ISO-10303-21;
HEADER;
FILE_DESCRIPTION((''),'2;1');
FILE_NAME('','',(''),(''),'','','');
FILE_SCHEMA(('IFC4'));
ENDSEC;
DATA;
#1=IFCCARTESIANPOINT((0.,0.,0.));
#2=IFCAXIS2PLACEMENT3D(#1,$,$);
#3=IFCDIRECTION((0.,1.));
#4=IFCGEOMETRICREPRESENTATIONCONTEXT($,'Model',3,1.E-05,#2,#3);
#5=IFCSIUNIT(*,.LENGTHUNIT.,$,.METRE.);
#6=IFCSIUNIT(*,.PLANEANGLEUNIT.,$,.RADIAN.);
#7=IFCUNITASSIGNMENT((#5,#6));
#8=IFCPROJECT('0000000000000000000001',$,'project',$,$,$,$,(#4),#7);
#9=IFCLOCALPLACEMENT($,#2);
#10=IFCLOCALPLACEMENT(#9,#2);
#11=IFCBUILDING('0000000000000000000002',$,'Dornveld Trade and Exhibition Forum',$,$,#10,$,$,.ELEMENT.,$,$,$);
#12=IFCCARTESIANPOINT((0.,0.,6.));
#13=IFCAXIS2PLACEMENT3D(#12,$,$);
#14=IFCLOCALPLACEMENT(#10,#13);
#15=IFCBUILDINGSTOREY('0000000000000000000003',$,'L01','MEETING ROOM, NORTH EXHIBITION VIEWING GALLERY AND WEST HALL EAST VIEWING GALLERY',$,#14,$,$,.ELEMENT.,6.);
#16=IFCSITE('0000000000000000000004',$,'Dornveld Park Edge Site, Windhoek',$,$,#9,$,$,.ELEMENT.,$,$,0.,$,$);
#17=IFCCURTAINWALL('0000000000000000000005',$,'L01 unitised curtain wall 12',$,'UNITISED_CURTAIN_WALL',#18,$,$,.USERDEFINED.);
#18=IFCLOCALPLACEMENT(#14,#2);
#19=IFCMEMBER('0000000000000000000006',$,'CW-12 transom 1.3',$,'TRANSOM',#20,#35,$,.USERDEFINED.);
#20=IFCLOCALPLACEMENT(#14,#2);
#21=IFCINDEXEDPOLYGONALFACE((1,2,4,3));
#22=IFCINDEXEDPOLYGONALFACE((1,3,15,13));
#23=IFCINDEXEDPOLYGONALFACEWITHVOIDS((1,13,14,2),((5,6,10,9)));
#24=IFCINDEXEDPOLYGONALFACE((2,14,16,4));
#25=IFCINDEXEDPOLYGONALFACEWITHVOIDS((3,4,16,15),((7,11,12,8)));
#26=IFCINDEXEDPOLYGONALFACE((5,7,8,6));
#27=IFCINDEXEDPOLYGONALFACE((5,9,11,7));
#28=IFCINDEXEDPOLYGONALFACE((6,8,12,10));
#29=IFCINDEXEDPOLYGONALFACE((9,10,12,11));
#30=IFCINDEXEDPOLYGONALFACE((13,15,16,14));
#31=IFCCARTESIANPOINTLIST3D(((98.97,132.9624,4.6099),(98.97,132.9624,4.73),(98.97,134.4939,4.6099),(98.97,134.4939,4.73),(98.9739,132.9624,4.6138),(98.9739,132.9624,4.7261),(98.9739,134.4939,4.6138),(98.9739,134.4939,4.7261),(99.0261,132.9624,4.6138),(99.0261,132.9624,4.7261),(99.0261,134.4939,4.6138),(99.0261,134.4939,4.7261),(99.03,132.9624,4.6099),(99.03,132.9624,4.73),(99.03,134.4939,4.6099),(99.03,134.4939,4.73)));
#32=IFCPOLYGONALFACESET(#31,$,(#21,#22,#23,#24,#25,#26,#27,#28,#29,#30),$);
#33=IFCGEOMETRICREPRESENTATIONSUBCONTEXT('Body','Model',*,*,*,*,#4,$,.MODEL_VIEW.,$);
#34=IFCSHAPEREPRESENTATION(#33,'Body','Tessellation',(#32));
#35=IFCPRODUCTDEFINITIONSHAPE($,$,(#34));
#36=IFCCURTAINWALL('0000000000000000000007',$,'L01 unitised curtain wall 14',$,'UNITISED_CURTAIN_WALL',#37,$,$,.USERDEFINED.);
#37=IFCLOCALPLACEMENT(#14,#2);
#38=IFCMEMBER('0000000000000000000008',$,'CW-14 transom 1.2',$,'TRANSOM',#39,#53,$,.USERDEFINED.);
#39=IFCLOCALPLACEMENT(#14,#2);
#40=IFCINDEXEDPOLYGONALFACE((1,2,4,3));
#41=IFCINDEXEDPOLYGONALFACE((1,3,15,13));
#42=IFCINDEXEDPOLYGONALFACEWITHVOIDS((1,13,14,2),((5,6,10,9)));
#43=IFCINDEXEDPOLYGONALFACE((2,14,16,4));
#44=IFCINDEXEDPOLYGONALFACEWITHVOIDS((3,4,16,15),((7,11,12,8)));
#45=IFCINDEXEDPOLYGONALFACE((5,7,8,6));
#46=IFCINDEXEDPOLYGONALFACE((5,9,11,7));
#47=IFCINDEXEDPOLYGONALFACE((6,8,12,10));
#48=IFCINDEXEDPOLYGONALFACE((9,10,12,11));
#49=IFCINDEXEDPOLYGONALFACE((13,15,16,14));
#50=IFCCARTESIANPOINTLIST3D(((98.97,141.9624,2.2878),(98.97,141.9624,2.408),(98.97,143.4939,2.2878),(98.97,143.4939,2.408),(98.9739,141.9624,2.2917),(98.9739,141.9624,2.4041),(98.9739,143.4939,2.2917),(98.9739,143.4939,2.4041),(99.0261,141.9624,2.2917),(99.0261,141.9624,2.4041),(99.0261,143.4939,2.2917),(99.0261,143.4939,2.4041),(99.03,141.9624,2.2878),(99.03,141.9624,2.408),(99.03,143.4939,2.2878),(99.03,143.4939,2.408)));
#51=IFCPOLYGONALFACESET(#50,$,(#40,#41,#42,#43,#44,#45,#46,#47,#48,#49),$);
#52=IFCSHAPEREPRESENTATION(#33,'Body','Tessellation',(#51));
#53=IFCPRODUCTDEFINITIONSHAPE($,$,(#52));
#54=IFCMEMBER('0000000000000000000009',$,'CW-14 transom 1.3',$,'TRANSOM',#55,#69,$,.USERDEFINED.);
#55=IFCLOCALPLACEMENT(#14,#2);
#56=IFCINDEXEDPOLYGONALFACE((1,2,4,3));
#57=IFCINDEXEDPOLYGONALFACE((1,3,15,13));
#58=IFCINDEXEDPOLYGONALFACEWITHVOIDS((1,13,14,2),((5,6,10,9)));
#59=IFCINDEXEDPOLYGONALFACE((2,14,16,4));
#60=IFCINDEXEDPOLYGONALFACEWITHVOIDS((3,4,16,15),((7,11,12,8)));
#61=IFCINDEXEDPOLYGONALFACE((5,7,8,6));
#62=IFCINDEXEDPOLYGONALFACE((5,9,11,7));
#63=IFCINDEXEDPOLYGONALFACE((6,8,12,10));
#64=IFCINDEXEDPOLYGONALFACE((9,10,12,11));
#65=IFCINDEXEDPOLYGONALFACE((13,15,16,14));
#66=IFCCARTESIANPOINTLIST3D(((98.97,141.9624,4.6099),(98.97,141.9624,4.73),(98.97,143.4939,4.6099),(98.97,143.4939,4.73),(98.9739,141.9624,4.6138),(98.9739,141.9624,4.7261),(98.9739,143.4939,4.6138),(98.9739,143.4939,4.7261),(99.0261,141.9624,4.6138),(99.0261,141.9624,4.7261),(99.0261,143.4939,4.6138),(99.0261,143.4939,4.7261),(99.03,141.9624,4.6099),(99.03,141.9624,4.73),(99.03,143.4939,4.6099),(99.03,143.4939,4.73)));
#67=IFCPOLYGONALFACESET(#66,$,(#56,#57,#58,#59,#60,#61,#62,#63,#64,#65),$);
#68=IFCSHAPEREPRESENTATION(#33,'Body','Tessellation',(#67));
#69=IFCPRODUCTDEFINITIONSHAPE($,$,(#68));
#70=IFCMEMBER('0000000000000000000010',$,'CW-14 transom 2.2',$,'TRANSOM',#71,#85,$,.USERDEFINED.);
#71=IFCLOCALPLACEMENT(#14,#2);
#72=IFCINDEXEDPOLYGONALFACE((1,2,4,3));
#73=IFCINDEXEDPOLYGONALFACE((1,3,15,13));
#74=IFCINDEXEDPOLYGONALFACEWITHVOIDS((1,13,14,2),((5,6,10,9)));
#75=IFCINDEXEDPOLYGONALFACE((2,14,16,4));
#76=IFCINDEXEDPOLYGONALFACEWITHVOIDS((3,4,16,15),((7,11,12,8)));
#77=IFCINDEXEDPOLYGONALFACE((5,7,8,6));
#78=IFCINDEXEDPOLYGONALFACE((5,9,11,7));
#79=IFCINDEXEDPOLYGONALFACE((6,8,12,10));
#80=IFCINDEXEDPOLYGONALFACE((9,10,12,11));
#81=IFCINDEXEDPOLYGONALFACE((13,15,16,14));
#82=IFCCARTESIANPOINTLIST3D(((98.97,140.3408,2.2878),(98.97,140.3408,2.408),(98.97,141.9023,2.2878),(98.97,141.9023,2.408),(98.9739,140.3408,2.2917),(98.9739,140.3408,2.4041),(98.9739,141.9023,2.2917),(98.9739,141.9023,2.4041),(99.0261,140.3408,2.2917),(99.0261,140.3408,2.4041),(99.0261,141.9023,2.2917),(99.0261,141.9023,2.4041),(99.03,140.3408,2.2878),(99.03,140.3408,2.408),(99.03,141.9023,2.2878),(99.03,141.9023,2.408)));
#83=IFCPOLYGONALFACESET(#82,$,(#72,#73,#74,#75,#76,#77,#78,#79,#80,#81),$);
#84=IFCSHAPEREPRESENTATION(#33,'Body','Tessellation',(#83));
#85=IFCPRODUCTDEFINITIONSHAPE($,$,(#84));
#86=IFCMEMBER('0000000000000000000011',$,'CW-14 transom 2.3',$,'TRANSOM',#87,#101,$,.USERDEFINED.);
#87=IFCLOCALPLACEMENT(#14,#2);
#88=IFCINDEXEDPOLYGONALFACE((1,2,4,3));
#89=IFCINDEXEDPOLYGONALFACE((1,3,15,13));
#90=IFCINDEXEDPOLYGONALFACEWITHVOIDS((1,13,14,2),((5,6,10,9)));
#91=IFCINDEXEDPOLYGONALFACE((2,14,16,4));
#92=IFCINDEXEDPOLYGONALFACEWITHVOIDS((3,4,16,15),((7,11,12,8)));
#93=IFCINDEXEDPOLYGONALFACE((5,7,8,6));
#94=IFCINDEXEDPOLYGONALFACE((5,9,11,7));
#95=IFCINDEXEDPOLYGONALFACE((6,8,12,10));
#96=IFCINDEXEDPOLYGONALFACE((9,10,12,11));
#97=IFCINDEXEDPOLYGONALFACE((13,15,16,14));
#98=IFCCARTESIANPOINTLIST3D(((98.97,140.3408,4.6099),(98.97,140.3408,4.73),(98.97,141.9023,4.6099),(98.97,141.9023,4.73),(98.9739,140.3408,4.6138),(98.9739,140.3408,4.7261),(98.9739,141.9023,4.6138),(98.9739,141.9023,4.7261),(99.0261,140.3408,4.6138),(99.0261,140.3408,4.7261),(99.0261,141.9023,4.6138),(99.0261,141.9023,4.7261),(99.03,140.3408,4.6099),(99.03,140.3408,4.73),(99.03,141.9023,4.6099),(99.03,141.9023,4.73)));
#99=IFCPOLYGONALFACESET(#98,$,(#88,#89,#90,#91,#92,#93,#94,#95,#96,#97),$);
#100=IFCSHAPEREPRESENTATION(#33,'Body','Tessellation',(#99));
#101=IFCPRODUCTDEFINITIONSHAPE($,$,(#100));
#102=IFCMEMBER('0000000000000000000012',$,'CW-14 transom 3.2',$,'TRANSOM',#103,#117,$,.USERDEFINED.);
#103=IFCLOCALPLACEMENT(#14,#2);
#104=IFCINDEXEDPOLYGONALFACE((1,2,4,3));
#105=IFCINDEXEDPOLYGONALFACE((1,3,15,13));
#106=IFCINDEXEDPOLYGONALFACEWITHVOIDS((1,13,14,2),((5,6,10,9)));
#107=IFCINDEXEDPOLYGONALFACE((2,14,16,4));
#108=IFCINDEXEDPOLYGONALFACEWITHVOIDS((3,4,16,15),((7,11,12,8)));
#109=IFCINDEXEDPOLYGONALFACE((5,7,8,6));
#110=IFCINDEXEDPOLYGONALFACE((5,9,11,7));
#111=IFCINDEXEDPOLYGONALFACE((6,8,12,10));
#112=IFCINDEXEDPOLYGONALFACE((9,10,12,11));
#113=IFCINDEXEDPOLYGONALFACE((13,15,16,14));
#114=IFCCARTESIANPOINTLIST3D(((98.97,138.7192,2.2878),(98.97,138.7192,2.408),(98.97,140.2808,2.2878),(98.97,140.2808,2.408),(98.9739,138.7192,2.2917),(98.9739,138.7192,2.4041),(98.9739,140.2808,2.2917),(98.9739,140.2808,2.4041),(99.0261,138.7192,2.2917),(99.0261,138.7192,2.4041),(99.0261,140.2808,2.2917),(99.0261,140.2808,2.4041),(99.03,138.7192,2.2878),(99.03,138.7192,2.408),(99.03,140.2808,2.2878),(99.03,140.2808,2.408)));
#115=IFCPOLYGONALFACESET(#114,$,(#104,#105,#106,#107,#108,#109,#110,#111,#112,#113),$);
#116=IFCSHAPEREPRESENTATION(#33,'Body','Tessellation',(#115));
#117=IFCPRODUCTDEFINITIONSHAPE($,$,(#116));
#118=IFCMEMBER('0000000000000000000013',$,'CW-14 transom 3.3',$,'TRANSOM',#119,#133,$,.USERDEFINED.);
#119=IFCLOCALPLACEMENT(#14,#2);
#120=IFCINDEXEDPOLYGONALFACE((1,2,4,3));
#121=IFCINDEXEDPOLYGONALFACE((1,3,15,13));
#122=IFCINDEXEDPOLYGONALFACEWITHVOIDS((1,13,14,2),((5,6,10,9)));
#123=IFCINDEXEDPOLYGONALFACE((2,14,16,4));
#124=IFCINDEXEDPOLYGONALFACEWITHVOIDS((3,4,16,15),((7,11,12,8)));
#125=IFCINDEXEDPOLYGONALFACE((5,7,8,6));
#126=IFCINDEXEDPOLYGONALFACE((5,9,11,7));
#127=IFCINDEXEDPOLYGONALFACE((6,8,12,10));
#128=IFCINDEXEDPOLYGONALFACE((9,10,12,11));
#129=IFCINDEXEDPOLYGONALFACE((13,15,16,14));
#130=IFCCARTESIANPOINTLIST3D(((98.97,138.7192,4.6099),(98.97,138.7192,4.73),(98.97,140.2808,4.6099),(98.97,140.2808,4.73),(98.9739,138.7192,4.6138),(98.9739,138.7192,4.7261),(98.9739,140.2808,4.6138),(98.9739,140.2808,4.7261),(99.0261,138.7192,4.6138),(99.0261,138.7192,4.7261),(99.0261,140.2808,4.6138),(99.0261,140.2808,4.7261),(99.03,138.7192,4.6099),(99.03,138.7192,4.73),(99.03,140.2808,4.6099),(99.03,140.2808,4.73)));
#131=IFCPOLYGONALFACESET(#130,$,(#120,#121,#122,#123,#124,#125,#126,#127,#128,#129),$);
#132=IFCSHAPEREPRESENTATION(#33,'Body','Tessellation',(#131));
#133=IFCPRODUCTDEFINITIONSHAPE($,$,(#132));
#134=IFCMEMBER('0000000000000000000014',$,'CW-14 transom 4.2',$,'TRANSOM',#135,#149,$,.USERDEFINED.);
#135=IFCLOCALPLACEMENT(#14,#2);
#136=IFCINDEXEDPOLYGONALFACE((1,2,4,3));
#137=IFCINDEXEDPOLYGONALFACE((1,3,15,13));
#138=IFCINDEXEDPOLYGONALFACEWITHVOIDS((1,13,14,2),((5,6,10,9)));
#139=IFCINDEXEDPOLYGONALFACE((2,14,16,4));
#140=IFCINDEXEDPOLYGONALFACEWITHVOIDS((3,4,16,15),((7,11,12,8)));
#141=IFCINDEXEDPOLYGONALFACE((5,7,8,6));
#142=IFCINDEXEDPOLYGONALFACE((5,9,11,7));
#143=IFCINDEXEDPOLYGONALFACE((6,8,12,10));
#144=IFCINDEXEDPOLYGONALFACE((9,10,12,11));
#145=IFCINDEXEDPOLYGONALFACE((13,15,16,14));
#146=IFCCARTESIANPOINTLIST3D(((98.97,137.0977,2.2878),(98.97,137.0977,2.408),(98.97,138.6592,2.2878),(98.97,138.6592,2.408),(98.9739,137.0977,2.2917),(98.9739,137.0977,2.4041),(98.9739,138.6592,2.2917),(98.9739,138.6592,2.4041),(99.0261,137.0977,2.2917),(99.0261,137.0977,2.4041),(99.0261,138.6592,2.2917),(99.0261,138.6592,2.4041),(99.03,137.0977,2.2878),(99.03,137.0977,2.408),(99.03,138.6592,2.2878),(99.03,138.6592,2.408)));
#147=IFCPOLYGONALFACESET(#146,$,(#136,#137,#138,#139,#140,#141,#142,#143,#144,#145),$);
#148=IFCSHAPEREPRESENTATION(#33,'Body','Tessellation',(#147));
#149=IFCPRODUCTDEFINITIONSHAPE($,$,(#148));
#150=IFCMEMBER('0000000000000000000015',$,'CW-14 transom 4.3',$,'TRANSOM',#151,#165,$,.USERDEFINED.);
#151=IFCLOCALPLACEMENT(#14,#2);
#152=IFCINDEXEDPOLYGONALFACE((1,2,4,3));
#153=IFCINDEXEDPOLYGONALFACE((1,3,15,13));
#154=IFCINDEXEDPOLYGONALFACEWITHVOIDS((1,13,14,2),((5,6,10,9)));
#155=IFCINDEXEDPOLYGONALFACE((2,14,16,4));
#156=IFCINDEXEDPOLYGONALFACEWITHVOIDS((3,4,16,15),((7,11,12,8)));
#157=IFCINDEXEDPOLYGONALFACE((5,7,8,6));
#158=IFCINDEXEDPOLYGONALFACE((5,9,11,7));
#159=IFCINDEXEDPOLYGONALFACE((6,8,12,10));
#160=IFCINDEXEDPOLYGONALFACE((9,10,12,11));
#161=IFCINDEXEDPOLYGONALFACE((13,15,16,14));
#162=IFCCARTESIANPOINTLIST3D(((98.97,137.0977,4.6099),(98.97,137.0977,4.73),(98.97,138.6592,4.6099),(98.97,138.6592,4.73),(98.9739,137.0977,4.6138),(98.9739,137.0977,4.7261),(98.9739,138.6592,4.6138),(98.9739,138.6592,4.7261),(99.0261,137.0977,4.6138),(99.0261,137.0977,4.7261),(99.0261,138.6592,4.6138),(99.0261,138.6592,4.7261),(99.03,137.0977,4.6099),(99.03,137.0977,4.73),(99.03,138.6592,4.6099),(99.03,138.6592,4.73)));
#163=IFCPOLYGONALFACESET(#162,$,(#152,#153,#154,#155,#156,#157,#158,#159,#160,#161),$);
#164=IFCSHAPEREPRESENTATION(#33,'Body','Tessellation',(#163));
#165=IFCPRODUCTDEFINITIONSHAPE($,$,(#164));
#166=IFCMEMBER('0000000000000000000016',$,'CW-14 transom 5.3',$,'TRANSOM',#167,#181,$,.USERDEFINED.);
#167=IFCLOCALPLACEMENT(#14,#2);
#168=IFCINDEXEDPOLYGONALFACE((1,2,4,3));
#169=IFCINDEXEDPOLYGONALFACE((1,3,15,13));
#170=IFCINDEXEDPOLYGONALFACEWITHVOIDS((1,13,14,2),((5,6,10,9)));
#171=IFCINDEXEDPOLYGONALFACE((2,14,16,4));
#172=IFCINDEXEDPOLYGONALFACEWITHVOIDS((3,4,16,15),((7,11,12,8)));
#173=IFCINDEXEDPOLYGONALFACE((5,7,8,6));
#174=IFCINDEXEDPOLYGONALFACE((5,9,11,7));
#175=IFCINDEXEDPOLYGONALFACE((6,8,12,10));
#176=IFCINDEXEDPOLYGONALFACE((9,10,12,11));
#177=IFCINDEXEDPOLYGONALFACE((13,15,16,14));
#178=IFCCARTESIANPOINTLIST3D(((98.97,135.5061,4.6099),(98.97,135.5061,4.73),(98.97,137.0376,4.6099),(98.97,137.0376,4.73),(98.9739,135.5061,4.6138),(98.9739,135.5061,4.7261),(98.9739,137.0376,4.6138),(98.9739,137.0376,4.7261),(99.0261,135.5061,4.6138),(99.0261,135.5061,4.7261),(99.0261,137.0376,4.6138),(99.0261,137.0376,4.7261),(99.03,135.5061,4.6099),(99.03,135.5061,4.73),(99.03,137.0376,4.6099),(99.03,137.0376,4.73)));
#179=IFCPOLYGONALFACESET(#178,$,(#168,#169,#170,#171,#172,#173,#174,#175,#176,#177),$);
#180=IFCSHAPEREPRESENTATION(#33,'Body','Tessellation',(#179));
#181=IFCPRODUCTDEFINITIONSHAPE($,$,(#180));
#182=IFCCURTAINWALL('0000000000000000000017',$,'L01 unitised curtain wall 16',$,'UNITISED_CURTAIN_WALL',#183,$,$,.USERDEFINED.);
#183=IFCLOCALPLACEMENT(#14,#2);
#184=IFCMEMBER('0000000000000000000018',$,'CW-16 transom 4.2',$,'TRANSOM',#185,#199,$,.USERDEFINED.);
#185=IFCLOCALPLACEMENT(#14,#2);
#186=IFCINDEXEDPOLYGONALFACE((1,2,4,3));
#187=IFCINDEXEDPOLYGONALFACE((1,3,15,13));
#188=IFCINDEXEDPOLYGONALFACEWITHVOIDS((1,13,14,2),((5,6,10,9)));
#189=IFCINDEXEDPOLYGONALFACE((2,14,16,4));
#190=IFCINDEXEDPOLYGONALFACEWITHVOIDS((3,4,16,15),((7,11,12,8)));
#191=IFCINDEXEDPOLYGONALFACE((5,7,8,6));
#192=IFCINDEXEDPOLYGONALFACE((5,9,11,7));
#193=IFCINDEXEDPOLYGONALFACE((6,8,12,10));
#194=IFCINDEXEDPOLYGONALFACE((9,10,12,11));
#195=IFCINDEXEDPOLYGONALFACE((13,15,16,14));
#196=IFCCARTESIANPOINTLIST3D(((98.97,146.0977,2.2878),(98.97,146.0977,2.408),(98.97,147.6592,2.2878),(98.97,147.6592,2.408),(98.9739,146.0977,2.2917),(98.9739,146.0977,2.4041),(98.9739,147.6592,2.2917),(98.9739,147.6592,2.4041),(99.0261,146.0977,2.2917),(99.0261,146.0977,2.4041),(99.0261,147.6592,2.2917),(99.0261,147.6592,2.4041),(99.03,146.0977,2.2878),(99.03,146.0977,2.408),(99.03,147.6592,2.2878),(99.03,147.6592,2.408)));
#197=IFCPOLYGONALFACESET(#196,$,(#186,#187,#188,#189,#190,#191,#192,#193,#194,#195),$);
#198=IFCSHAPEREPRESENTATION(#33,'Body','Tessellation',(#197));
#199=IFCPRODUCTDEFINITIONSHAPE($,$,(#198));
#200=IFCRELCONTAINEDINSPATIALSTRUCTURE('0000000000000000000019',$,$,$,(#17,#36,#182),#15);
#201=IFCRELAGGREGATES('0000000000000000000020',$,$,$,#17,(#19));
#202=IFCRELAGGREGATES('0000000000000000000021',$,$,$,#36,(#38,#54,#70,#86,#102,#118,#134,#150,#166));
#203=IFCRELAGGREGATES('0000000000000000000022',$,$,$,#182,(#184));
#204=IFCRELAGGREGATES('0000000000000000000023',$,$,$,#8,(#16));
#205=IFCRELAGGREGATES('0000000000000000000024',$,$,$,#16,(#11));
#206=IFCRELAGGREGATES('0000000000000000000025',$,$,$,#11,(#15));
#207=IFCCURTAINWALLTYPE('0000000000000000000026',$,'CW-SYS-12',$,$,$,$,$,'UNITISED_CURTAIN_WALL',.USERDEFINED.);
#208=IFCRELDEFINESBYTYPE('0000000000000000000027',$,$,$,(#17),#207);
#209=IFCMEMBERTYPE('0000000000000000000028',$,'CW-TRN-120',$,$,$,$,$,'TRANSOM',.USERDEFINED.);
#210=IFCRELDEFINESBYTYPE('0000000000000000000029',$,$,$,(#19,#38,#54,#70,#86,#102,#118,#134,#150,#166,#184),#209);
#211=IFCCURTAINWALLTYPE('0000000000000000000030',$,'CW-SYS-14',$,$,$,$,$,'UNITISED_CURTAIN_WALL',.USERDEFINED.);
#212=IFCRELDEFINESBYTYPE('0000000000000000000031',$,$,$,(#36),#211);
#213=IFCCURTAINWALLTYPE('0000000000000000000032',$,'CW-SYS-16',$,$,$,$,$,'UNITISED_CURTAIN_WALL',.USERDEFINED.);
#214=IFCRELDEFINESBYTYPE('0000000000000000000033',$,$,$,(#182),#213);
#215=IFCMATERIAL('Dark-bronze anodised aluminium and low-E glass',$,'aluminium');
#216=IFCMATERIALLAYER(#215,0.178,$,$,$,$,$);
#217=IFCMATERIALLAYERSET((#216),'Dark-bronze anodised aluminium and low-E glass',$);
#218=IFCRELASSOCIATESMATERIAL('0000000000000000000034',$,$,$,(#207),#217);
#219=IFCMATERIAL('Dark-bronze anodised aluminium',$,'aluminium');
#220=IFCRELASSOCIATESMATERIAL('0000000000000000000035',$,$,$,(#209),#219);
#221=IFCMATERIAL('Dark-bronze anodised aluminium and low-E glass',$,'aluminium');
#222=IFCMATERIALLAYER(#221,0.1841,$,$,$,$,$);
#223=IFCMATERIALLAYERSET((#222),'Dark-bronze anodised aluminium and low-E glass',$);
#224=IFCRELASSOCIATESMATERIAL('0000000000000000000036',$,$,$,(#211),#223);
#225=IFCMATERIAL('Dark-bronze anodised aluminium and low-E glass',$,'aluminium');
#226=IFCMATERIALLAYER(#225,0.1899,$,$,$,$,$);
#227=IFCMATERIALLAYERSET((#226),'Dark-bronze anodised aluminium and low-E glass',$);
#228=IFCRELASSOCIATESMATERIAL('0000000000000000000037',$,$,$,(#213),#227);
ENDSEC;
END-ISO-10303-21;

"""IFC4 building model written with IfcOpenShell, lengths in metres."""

from ifc_helpers import new_model, si_unit, direction, frame, origin, origin_2d, place, context, subcontext, project, spatial, hollow_rectangle, extrude, material, layer, layer_set, material_profile, profile_set, type_object, element, aggregate, save


model = new_model("IFC4")

# Units and contexts
model_context = context("Model", 3, precision=1e-05, world=origin(), true_north=direction((0.0, 1.0)))
body_context = subcontext(model_context, "Body", "Model", "MODEL_VIEW")
ifc_project = project(units=[si_unit("LENGTHUNIT", "METRE"), si_unit("PLANEANGLEUNIT", "RADIAN")], contexts=[model_context])

# Site, building, storey
site_placement = place(None, origin())
site = spatial("IfcSite", under=ifc_project, at=site_placement, Name="Dornveld Park Edge Site, Windhoek", CompositionType="ELEMENT", RefElevation=0.0)
building_placement = place(site_placement, origin())
building = spatial("IfcBuilding", under=site, at=building_placement, Name="Dornveld Trade and Exhibition Forum", CompositionType="ELEMENT")
storey_placement = place(building_placement, frame((0.0, 0.0, 6.0)))
storey = spatial("IfcBuildingStorey", under=building, at=storey_placement, Name="L01", Description="MEETING ROOM, NORTH EXHIBITION VIEWING GALLERY AND WEST HALL EAST VIEWING GALLERY", CompositionType="ELEMENT", Elevation=6.0)

# Curtain wall, member
ifc_material_1 = material(Name="Dark-bronze anodised aluminium and low-E glass", Category="aluminium")
ifc_layer_1 = layer(ifc_material_1, 0.178)
ifc_layer_set_1 = layer_set([ifc_layer_1], Name="Dark-bronze anodised aluminium and low-E glass")
curtain_wall_type_1 = type_object("IfcCurtainWallType", Name="CW-SYS-12", ElementType="UNITISED_CURTAIN_WALL", PredefinedType="USERDEFINED", material=ifc_layer_set_1)
curtain_wall_1_placement = place(storey_placement, origin())
curtain_wall_1 = element("IfcCurtainWall", 1, at=curtain_wall_1_placement, inside=storey, type_object=curtain_wall_type_1, Name="L01 unitised curtain wall 12", ObjectType="UNITISED_CURTAIN_WALL", PredefinedType="USERDEFINED")
ifc_material_2 = material(Name="Dark-bronze anodised aluminium", Category="aluminium")
ifc_material_profile_1 = material_profile(ifc_material_2, hollow_rectangle(XDim=0.0601, YDim=0.1201, WallThickness=0.0039, at=origin_2d()), Name="RHS 120x60x4")
ifc_profile_set_1 = profile_set([ifc_material_profile_1], Name="Dark-bronze anodised aluminium")
member_type_1 = type_object("IfcMemberType", Name="CW-TRN-120", ElementType="TRANSOM", PredefinedType="USERDEFINED", material=ifc_profile_set_1)
member_1_placement = place(storey_placement, frame((99.0, 134.4939, 4.6699), z_axis=(0.0, -1.0, 0.0), x_axis=(1.0, 0.0, 0.0)))
member_1 = element("IfcMember", 2, at=member_1_placement, type_object=member_type_1, Name="CW-12 transom 1.3", ObjectType="TRANSOM", PredefinedType="USERDEFINED", context=body_context, shape_type="SweptSolid", body=[
    extrude(hollow_rectangle(XDim=0.0601, YDim=0.1201, WallThickness=0.0039, at=origin_2d()), origin(), (0.0, 0.0, 1.0), 1.5315),
])
aggregate(curtain_wall_1, [member_1])

# Curtain walls, members
ifc_material_3 = material(Name="Dark-bronze anodised aluminium and low-E glass", Category="aluminium")
ifc_layer_2 = layer(ifc_material_3, 0.1841)
ifc_layer_set_2 = layer_set([ifc_layer_2], Name="Dark-bronze anodised aluminium and low-E glass")
curtain_wall_type_2 = type_object("IfcCurtainWallType", Name="CW-SYS-14", ElementType="UNITISED_CURTAIN_WALL", PredefinedType="USERDEFINED", material=ifc_layer_set_2)
curtain_wall_2_placement = place(storey_placement, origin())
curtain_wall_2 = element("IfcCurtainWall", 3, at=curtain_wall_2_placement, inside=storey, type_object=curtain_wall_type_2, Name="L01 unitised curtain wall 14", ObjectType="UNITISED_CURTAIN_WALL", PredefinedType="USERDEFINED")
member_2_placement = place(storey_placement, frame((99.0, 143.4939, 2.3479), z_axis=(0.0, -1.0, 0.0), x_axis=(1.0, 0.0, 0.0)))
member_2 = element("IfcMember", 4, at=member_2_placement, type_object=member_type_1, Name="CW-14 transom 1.2", ObjectType="TRANSOM", PredefinedType="USERDEFINED", context=body_context, shape_type="SweptSolid", body=[
    extrude(hollow_rectangle(XDim=0.0601, YDim=0.1201, WallThickness=0.0039, at=origin_2d()), origin(), (0.0, 0.0, 1.0), 1.5315),
])
member_3_placement = place(storey_placement, frame((99.0, 143.4939, 4.6699), z_axis=(0.0, -1.0, 0.0), x_axis=(1.0, 0.0, 0.0)))
member_3 = element("IfcMember", 5, at=member_3_placement, type_object=member_type_1, Name="CW-14 transom 1.3", ObjectType="TRANSOM", PredefinedType="USERDEFINED", context=body_context, shape_type="SweptSolid", body=[
    extrude(hollow_rectangle(XDim=0.0601, YDim=0.1201, WallThickness=0.0039, at=origin_2d()), origin(), (0.0, 0.0, 1.0), 1.5315),
])
member_4_placement = place(storey_placement, frame((99.0, 141.9023, 2.3479), z_axis=(0.0, -1.0, 0.0), x_axis=(1.0, 0.0, 0.0)))
member_4 = element("IfcMember", 6, at=member_4_placement, type_object=member_type_1, Name="CW-14 transom 2.2", ObjectType="TRANSOM", PredefinedType="USERDEFINED", context=body_context, shape_type="SweptSolid", body=[
    extrude(hollow_rectangle(XDim=0.0601, YDim=0.1201, WallThickness=0.0039, at=origin_2d()), origin(), (0.0, 0.0, 1.0), 1.5615),
])
member_5_placement = place(storey_placement, frame((99.0, 141.9023, 4.6699), z_axis=(0.0, -1.0, 0.0), x_axis=(1.0, 0.0, 0.0)))
member_5 = element("IfcMember", 7, at=member_5_placement, type_object=member_type_1, Name="CW-14 transom 2.3", ObjectType="TRANSOM", PredefinedType="USERDEFINED", context=body_context, shape_type="SweptSolid", body=[
    extrude(hollow_rectangle(XDim=0.0601, YDim=0.1201, WallThickness=0.0039, at=origin_2d()), origin(), (0.0, 0.0, 1.0), 1.5615),
])
member_6_placement = place(storey_placement, frame((99.0, 140.2808, 2.3479), z_axis=(0.0, -1.0, 0.0), x_axis=(1.0, 0.0, 0.0)))
member_6 = element("IfcMember", 8, at=member_6_placement, type_object=member_type_1, Name="CW-14 transom 3.2", ObjectType="TRANSOM", PredefinedType="USERDEFINED", context=body_context, shape_type="SweptSolid", body=[
    extrude(hollow_rectangle(XDim=0.0601, YDim=0.1201, WallThickness=0.0039, at=origin_2d()), origin(), (0.0, 0.0, 1.0), 1.5615),
])
member_7_placement = place(storey_placement, frame((99.0, 140.2808, 4.6699), z_axis=(0.0, -1.0, 0.0), x_axis=(1.0, 0.0, 0.0)))
member_7 = element("IfcMember", 9, at=member_7_placement, type_object=member_type_1, Name="CW-14 transom 3.3", ObjectType="TRANSOM", PredefinedType="USERDEFINED", context=body_context, shape_type="SweptSolid", body=[
    extrude(hollow_rectangle(XDim=0.0601, YDim=0.1201, WallThickness=0.0039, at=origin_2d()), origin(), (0.0, 0.0, 1.0), 1.5615),
])
member_8_placement = place(storey_placement, frame((99.0, 138.6592, 2.3479), z_axis=(0.0, -1.0, 0.0), x_axis=(1.0, 0.0, 0.0)))
member_8 = element("IfcMember", 10, at=member_8_placement, type_object=member_type_1, Name="CW-14 transom 4.2", ObjectType="TRANSOM", PredefinedType="USERDEFINED", context=body_context, shape_type="SweptSolid", body=[
    extrude(hollow_rectangle(XDim=0.0601, YDim=0.1201, WallThickness=0.0039, at=origin_2d()), origin(), (0.0, 0.0, 1.0), 1.5615),
])
member_9_placement = place(storey_placement, frame((99.0, 138.6592, 4.6699), z_axis=(0.0, -1.0, 0.0), x_axis=(1.0, 0.0, 0.0)))
member_9 = element("IfcMember", 11, at=member_9_placement, type_object=member_type_1, Name="CW-14 transom 4.3", ObjectType="TRANSOM", PredefinedType="USERDEFINED", context=body_context, shape_type="SweptSolid", body=[
    extrude(hollow_rectangle(XDim=0.0601, YDim=0.1201, WallThickness=0.0039, at=origin_2d()), origin(), (0.0, 0.0, 1.0), 1.5615),
])
member_10_placement = place(storey_placement, frame((99.0, 137.0376, 4.6699), z_axis=(0.0, -1.0, 0.0), x_axis=(1.0, 0.0, 0.0)))
member_10 = element("IfcMember", 12, at=member_10_placement, type_object=member_type_1, Name="CW-14 transom 5.3", ObjectType="TRANSOM", PredefinedType="USERDEFINED", context=body_context, shape_type="SweptSolid", body=[
    extrude(hollow_rectangle(XDim=0.0601, YDim=0.1201, WallThickness=0.0039, at=origin_2d()), origin(), (0.0, 0.0, 1.0), 1.5315),
])
ifc_material_4 = material(Name="Dark-bronze anodised aluminium and low-E glass", Category="aluminium")
ifc_layer_3 = layer(ifc_material_4, 0.1899)
ifc_layer_set_3 = layer_set([ifc_layer_3], Name="Dark-bronze anodised aluminium and low-E glass")
curtain_wall_type_3 = type_object("IfcCurtainWallType", Name="CW-SYS-16", ElementType="UNITISED_CURTAIN_WALL", PredefinedType="USERDEFINED", material=ifc_layer_set_3)
curtain_wall_3_placement = place(storey_placement, origin())
curtain_wall_3 = element("IfcCurtainWall", 13, at=curtain_wall_3_placement, inside=storey, type_object=curtain_wall_type_3, Name="L01 unitised curtain wall 16", ObjectType="UNITISED_CURTAIN_WALL", PredefinedType="USERDEFINED")
member_11_placement = place(storey_placement, frame((99.0, 147.6592, 2.3479), z_axis=(0.0, -1.0, 0.0), x_axis=(1.0, 0.0, 0.0)))
member_11 = element("IfcMember", 14, at=member_11_placement, type_object=member_type_1, Name="CW-16 transom 4.2", ObjectType="TRANSOM", PredefinedType="USERDEFINED", context=body_context, shape_type="SweptSolid", body=[
    extrude(hollow_rectangle(XDim=0.0601, YDim=0.1201, WallThickness=0.0039, at=origin_2d()), origin(), (0.0, 0.0, 1.0), 1.5615),
])

aggregate(curtain_wall_2, [member_2, member_3, member_4, member_5, member_6, member_7, member_8, member_9, member_10])
aggregate(curtain_wall_3, [member_11])

save(model, "model.ifc")
